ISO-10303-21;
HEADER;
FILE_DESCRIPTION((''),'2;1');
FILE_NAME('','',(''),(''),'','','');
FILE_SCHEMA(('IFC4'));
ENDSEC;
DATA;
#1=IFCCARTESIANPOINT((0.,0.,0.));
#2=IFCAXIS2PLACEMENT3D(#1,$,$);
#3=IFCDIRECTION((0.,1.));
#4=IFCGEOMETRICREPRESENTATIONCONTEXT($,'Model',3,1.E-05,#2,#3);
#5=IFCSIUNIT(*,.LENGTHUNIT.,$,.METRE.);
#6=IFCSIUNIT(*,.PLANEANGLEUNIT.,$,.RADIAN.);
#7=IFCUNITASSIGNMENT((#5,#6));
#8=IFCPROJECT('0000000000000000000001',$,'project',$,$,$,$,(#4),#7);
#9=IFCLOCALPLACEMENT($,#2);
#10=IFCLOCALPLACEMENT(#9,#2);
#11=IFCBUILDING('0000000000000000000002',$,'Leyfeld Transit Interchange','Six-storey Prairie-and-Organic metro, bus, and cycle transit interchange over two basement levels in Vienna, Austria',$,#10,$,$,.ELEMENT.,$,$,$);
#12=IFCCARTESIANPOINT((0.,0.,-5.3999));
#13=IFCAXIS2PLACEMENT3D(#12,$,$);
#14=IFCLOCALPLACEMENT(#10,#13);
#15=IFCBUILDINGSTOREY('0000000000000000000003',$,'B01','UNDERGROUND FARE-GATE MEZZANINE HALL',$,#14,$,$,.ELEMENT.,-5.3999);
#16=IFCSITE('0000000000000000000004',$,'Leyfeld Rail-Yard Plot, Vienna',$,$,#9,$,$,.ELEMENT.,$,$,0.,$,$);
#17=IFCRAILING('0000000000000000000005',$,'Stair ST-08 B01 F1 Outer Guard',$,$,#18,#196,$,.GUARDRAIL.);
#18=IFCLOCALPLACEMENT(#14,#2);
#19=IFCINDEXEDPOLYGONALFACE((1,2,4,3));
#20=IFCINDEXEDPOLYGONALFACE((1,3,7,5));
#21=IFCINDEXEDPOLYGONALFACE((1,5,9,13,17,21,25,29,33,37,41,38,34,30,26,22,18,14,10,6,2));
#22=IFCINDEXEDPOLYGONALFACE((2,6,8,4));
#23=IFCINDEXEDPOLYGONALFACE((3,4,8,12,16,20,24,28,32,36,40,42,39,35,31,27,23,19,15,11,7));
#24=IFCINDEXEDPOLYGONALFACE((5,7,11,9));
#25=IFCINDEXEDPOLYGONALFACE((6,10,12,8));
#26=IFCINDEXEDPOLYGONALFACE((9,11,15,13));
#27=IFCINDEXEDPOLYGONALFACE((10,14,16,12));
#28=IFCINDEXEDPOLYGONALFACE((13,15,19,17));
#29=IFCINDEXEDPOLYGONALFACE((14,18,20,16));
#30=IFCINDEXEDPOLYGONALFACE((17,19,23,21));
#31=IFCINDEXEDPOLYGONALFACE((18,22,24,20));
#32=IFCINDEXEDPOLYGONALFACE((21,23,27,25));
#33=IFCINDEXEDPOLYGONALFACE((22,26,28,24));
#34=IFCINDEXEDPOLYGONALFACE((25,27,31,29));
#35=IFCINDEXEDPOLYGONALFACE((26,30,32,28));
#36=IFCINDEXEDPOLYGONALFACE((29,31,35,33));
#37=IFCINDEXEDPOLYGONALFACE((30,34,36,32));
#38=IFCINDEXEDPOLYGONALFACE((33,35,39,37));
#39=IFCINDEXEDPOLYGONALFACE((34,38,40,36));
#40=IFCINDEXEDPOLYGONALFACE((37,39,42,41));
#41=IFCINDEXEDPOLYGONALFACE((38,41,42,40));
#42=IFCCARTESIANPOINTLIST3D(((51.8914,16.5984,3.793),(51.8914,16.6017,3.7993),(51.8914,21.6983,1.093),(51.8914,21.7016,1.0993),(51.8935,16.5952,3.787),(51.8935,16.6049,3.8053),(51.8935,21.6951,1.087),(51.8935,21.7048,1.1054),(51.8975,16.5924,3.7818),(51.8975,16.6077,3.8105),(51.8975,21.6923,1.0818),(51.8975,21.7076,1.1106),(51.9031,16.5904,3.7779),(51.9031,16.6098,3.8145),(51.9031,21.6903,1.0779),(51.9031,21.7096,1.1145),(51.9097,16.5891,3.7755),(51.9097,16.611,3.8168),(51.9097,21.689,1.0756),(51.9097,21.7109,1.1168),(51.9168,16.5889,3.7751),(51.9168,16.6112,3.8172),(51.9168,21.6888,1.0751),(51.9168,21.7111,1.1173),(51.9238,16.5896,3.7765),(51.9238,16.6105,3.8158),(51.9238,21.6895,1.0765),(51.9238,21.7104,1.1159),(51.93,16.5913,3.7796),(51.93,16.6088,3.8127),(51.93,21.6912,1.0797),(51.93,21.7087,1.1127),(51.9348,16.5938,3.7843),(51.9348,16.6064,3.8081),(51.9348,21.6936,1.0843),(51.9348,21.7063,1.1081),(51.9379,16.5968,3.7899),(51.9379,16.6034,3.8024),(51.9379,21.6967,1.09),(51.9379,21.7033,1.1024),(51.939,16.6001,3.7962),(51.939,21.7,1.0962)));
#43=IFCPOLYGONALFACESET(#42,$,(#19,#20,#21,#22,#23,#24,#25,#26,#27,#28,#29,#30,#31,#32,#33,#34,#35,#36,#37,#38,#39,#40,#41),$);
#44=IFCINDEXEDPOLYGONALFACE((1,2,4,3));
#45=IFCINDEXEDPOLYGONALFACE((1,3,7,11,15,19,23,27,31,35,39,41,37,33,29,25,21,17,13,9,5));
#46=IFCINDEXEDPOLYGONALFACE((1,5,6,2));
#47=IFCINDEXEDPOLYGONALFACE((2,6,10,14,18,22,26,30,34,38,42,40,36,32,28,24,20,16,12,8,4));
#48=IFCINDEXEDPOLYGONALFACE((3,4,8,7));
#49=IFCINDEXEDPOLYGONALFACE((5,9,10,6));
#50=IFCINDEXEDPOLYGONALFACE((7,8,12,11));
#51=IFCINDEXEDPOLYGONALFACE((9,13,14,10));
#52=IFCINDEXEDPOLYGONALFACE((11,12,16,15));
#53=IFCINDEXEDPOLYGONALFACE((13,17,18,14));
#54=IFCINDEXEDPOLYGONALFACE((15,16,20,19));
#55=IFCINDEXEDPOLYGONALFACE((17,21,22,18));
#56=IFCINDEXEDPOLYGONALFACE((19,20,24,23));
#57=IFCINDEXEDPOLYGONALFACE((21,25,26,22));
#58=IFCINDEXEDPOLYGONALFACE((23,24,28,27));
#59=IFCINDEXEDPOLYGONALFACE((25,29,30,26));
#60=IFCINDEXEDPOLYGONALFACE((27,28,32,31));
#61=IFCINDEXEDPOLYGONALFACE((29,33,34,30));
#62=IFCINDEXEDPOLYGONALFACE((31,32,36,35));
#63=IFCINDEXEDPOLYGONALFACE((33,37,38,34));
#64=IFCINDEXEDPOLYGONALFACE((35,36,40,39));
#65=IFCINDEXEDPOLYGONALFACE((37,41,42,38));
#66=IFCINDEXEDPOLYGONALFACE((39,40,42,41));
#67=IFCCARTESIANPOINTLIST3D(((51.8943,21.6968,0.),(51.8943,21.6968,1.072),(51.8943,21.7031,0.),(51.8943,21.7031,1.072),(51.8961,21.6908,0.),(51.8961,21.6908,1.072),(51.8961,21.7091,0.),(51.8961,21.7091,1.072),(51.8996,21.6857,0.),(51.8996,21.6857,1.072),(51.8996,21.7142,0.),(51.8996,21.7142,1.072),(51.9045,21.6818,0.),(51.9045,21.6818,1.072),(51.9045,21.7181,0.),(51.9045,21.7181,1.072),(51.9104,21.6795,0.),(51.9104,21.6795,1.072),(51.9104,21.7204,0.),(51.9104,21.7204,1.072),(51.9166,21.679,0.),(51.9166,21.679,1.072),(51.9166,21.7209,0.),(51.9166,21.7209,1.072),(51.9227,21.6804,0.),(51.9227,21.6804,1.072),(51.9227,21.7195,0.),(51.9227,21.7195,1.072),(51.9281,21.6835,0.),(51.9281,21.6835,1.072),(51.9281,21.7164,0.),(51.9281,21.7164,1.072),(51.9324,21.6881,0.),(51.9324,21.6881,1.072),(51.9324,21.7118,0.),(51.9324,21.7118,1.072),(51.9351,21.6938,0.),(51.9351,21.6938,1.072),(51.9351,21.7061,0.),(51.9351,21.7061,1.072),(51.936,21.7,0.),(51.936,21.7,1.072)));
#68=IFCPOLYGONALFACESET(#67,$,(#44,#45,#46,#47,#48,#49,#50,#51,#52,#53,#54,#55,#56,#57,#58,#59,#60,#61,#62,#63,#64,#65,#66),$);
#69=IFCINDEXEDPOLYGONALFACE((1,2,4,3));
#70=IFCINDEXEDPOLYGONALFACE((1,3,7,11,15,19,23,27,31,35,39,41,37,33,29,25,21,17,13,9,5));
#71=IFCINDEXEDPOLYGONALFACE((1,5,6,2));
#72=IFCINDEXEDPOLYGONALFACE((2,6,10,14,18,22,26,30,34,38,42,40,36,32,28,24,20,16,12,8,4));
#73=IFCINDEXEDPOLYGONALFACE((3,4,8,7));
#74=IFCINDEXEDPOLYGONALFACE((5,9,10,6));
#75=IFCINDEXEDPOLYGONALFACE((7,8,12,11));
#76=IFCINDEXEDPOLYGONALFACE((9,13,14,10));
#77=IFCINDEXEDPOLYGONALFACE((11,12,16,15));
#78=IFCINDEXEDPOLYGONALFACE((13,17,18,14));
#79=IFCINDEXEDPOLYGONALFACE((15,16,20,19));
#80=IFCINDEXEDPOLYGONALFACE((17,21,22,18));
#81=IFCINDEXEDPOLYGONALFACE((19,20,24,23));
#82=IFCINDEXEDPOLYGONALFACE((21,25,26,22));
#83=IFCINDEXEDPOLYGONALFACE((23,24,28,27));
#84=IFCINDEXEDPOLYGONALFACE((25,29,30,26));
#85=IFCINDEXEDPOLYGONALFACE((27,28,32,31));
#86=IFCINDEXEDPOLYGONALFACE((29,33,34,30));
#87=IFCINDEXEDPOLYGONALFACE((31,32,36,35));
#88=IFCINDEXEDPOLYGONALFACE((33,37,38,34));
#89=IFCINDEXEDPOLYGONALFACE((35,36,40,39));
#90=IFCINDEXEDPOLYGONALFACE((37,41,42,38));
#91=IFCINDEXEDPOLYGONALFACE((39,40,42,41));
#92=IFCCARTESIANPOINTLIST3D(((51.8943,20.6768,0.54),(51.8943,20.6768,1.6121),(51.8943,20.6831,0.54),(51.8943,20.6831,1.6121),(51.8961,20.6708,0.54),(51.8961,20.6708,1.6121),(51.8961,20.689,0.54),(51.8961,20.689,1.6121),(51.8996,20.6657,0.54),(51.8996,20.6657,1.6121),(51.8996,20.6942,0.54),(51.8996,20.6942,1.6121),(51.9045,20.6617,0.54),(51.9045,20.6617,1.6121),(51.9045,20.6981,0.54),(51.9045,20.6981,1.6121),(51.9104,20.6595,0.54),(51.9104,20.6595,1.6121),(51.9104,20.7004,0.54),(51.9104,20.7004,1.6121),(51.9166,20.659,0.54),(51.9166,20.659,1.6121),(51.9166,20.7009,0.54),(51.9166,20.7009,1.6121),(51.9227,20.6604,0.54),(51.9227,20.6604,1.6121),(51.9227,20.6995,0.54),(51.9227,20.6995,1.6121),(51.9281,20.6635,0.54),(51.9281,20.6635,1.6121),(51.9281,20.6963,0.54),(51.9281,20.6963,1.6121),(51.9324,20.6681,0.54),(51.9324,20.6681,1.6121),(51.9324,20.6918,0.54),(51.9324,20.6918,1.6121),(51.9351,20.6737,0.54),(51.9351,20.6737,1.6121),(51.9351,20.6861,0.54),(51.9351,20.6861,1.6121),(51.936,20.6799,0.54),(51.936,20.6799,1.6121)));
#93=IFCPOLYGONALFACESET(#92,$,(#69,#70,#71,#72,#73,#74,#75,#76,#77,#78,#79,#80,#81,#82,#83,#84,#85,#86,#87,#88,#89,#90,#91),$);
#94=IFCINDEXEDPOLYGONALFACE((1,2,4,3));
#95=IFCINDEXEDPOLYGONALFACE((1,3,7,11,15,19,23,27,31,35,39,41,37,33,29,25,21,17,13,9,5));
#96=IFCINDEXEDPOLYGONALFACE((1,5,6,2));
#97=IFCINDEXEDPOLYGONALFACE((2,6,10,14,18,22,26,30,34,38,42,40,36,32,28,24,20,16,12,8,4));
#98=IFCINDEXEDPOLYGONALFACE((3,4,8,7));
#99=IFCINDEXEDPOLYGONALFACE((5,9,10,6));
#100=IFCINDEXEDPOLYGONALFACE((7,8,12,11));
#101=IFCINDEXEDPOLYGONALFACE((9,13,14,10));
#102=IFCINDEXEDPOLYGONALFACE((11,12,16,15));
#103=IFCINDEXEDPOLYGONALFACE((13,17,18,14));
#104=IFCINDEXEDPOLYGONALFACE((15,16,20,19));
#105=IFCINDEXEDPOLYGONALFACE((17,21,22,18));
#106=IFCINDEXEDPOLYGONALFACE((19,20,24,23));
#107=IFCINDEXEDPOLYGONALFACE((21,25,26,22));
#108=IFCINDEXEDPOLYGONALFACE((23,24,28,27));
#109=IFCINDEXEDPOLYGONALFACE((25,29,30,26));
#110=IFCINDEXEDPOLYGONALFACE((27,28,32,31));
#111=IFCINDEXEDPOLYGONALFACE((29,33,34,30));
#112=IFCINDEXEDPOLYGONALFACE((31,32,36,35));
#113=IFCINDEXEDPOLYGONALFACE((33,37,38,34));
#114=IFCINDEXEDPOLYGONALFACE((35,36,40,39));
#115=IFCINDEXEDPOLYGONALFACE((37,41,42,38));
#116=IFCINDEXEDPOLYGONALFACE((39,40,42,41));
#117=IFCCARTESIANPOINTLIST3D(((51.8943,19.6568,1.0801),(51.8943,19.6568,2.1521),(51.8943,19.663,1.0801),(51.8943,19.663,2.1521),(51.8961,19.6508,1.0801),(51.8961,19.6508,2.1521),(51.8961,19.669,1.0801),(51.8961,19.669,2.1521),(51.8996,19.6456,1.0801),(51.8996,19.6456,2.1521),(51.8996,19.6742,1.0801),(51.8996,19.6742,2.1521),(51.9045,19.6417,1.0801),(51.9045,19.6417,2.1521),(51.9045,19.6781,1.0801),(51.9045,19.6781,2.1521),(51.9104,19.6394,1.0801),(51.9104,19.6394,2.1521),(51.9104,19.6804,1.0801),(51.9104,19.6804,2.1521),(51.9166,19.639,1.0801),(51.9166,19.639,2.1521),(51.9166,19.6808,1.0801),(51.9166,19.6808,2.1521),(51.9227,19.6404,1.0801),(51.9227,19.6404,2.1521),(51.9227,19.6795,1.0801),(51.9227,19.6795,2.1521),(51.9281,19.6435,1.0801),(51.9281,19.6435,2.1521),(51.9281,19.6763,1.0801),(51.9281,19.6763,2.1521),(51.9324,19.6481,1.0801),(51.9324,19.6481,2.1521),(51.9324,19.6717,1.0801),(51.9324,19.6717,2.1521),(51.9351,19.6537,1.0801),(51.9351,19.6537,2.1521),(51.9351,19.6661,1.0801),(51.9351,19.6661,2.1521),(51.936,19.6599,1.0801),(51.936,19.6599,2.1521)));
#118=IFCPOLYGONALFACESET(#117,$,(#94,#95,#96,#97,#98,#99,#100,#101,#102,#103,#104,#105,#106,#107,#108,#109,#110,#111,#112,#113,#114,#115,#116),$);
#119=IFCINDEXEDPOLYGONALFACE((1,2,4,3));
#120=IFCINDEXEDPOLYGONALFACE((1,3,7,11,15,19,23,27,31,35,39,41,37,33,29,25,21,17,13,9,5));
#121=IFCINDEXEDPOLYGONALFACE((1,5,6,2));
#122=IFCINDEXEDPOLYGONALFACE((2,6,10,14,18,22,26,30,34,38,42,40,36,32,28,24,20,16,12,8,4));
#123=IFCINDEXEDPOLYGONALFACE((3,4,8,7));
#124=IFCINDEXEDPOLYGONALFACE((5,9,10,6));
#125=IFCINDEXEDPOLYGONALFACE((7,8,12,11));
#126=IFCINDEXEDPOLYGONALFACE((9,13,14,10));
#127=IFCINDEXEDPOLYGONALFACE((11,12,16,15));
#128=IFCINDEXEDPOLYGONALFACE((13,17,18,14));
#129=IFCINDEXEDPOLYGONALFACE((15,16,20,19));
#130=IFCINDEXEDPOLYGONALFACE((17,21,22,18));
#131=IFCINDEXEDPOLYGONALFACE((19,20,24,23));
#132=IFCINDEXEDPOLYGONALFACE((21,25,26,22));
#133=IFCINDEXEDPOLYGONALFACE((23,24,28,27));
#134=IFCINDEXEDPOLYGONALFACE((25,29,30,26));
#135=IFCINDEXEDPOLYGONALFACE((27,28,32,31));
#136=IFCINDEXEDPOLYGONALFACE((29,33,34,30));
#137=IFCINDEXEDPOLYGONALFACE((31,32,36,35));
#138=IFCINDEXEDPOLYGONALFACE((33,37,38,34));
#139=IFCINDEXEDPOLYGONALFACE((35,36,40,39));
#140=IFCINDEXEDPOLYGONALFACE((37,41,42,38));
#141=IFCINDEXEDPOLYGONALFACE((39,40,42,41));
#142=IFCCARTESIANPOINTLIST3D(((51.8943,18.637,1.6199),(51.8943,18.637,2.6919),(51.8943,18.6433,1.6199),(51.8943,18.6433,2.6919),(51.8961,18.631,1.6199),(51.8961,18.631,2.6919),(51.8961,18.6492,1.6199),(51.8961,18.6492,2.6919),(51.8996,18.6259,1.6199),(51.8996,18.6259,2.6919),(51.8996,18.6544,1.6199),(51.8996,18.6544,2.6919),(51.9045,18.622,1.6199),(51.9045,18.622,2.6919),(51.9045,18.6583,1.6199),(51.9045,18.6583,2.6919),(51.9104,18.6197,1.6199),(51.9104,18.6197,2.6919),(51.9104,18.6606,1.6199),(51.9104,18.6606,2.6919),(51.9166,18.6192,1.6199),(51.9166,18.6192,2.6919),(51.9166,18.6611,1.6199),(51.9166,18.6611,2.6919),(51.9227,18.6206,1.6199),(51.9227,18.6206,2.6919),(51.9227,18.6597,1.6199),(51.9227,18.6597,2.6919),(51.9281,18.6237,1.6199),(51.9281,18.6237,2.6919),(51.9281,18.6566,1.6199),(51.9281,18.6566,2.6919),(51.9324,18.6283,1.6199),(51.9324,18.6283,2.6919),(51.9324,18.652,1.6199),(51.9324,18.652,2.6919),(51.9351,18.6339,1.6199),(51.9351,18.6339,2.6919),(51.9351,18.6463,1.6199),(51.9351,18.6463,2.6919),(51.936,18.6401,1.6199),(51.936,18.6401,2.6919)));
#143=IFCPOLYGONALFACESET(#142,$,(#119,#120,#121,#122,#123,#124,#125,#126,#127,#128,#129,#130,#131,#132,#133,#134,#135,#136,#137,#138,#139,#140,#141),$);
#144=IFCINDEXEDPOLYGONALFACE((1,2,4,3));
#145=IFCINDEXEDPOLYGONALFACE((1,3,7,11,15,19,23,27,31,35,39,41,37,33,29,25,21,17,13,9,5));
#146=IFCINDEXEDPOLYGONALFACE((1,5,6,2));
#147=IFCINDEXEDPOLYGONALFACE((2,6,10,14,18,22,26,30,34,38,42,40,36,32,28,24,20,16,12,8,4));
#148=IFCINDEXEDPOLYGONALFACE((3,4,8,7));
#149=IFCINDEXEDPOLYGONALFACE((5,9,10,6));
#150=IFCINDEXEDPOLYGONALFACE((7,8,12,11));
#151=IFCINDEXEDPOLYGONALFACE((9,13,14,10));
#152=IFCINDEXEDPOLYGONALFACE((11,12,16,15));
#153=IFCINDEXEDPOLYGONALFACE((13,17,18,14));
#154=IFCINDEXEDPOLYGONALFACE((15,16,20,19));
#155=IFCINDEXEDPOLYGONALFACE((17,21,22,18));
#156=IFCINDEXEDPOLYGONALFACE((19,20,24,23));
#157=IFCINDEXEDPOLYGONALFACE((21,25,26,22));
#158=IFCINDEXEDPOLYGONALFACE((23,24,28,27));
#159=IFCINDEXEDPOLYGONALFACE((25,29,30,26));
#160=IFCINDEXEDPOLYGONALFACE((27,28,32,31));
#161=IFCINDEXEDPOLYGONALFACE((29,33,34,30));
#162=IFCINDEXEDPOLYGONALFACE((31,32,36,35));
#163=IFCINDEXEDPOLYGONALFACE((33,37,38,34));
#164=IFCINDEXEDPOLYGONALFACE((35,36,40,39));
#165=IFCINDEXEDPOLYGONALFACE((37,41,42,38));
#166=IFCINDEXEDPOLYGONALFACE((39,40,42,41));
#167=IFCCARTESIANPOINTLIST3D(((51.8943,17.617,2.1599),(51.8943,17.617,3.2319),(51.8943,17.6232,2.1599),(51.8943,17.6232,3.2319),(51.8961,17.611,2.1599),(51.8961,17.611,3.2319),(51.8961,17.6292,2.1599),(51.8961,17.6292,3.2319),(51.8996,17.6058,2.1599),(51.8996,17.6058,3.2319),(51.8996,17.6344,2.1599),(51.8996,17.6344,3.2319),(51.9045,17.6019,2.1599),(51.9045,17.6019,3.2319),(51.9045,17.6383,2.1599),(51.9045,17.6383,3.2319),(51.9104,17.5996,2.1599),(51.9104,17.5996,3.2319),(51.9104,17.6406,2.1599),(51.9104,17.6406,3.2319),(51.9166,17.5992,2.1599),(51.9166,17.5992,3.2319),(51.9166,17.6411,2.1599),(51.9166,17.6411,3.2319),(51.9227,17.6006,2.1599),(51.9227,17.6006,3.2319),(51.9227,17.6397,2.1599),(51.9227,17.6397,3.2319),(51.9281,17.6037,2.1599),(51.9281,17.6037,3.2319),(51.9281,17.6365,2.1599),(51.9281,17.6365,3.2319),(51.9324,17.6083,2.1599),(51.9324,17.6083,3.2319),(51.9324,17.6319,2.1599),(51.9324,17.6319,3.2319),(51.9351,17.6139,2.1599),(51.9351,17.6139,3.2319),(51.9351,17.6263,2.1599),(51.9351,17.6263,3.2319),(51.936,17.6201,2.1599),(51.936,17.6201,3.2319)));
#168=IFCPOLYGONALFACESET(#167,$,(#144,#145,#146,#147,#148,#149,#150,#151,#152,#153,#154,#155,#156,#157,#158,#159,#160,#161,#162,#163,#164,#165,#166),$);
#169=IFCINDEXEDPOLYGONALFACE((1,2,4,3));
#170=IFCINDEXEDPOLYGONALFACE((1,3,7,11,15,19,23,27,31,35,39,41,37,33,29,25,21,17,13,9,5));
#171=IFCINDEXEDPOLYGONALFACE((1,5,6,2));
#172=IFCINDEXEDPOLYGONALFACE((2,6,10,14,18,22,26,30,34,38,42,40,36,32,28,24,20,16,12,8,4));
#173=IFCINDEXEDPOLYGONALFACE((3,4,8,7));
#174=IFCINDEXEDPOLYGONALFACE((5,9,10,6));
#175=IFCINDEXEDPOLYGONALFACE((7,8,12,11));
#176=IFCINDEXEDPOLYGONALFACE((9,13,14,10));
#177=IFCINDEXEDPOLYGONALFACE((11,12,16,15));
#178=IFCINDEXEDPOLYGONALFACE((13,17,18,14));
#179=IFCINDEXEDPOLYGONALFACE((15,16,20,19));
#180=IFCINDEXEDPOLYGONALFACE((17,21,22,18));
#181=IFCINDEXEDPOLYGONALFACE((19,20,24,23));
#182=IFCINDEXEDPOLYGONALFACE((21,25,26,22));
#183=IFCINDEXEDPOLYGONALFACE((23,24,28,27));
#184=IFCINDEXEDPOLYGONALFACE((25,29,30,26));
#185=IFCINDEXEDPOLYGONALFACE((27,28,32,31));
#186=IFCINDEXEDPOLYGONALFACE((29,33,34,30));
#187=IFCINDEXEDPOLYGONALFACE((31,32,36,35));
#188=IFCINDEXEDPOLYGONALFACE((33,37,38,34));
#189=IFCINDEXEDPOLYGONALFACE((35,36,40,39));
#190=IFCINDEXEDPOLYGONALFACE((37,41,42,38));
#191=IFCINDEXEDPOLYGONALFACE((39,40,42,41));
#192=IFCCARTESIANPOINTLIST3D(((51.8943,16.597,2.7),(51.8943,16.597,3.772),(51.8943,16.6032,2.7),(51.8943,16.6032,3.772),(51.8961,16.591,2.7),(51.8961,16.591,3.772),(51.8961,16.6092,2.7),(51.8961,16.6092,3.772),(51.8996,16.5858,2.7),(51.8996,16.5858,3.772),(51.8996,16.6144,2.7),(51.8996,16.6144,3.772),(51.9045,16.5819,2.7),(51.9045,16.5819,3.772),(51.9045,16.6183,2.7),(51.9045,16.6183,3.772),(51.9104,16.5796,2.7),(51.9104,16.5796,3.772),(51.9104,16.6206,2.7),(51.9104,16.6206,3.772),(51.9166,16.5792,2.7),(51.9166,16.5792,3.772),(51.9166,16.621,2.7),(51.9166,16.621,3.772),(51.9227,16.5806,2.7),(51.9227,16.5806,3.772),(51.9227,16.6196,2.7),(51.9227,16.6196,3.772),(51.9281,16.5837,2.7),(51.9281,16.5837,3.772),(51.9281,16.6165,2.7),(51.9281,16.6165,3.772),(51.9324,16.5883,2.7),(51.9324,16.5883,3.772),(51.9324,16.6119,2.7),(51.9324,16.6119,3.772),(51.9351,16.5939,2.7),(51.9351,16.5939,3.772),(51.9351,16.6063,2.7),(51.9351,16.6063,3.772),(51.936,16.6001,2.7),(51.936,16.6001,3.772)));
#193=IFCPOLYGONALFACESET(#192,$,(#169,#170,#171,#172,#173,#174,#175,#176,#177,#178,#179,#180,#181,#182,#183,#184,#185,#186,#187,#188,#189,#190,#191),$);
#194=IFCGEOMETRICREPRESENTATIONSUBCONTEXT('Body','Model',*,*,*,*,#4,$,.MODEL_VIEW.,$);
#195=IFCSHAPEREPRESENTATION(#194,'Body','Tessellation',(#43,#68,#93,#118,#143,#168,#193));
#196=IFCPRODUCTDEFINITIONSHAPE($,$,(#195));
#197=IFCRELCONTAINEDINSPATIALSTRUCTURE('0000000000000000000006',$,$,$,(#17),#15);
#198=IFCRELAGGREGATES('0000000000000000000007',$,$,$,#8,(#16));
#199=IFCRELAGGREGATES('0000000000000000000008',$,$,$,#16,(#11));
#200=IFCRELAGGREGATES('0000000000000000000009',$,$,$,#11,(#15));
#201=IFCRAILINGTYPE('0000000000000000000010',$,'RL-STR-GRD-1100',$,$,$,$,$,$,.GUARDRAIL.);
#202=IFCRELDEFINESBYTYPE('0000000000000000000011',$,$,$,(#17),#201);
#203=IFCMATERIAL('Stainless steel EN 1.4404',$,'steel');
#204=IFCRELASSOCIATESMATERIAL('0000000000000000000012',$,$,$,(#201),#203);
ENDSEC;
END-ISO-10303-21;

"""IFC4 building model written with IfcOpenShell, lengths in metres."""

from ifc_helpers import new_model, si_unit, direction, frame, origin, origin_2d, place, context, subcontext, project, spatial, circle, extrude, material, type_object, element, save


model = new_model("IFC4")

# Units and contexts
model_context = context("Model", 3, precision=1e-05, world=origin(), true_north=direction((0.0, 1.0)))
body_context = subcontext(model_context, "Body", "Model", "MODEL_VIEW")
ifc_project = project(units=[si_unit("LENGTHUNIT", "METRE"), si_unit("PLANEANGLEUNIT", "RADIAN")], contexts=[model_context])

# Site, building, storey
site_placement = place(None, origin())
site = spatial("IfcSite", under=ifc_project, at=site_placement, Name="Leyfeld Rail-Yard Plot, Vienna", CompositionType="ELEMENT", RefElevation=0.0)
building_placement = place(site_placement, origin())
building = spatial("IfcBuilding", under=site, at=building_placement, Name="Leyfeld Transit Interchange", Description="Six-storey Prairie-and-Organic metro, bus, and cycle transit interchange over two basement levels in Vienna, Austria", CompositionType="ELEMENT")
storey_placement = place(building_placement, frame((0.0, 0.0, -5.3999)))
storey = spatial("IfcBuildingStorey", under=building, at=storey_placement, Name="B01", Description="UNDERGROUND FARE-GATE MEZZANINE HALL", CompositionType="ELEMENT", Elevation=-5.3999)

# Railing
ifc_material_1 = material(Name="Stainless steel EN 1.4404", Category="steel")
railing_type_1 = type_object("IfcRailingType", Name="RL-STR-GRD-1100", PredefinedType="GUARDRAIL", material=ifc_material_1)
for number, where, name in (
    (1, (51.915, 21.7, 0.0), "Stair ST-08 B01 F1 Outer Guard"),
):
    element("IfcRailing", number, at=place(storey_placement, frame(where)), inside=storey, type_object=railing_type_1, Name=name, PredefinedType="GUARDRAIL", context=body_context, shape_type="SweptSolid", body=[
        extrude(circle(Radius=0.0239, at=origin_2d()), frame((0.0, 0.0, 1.0962), z_axis=(0.0, -0.883786, 0.467892), x_axis=(1.0, 0.0, 0.0)), (0.0, 0.0, 1.0), 5.7705),
        extrude(circle(Radius=0.021, at=origin_2d()), origin(), (0.0, 0.0, 1.0), 1.072),
        extrude(circle(Radius=0.021, at=origin_2d()), frame((0.0, -1.02, 0.54)), (0.0, 0.0, 1.0), 1.072),
        extrude(circle(Radius=0.021, at=origin_2d()), frame((0.0, -2.04, 1.0801)), (0.0, 0.0, 1.0), 1.072),
        extrude(circle(Radius=0.021, at=origin_2d()), frame((0.0, -3.0598, 1.6199)), (0.0, 0.0, 1.0), 1.072),
        extrude(circle(Radius=0.021, at=origin_2d()), frame((0.0, -4.0798, 2.1599)), (0.0, 0.0, 1.0), 1.072),
        extrude(circle(Radius=0.021, at=origin_2d()), frame((0.0, -5.0999, 2.7)), (0.0, 0.0, 1.0), 1.072),
    ])

save(model, "model.ifc")
